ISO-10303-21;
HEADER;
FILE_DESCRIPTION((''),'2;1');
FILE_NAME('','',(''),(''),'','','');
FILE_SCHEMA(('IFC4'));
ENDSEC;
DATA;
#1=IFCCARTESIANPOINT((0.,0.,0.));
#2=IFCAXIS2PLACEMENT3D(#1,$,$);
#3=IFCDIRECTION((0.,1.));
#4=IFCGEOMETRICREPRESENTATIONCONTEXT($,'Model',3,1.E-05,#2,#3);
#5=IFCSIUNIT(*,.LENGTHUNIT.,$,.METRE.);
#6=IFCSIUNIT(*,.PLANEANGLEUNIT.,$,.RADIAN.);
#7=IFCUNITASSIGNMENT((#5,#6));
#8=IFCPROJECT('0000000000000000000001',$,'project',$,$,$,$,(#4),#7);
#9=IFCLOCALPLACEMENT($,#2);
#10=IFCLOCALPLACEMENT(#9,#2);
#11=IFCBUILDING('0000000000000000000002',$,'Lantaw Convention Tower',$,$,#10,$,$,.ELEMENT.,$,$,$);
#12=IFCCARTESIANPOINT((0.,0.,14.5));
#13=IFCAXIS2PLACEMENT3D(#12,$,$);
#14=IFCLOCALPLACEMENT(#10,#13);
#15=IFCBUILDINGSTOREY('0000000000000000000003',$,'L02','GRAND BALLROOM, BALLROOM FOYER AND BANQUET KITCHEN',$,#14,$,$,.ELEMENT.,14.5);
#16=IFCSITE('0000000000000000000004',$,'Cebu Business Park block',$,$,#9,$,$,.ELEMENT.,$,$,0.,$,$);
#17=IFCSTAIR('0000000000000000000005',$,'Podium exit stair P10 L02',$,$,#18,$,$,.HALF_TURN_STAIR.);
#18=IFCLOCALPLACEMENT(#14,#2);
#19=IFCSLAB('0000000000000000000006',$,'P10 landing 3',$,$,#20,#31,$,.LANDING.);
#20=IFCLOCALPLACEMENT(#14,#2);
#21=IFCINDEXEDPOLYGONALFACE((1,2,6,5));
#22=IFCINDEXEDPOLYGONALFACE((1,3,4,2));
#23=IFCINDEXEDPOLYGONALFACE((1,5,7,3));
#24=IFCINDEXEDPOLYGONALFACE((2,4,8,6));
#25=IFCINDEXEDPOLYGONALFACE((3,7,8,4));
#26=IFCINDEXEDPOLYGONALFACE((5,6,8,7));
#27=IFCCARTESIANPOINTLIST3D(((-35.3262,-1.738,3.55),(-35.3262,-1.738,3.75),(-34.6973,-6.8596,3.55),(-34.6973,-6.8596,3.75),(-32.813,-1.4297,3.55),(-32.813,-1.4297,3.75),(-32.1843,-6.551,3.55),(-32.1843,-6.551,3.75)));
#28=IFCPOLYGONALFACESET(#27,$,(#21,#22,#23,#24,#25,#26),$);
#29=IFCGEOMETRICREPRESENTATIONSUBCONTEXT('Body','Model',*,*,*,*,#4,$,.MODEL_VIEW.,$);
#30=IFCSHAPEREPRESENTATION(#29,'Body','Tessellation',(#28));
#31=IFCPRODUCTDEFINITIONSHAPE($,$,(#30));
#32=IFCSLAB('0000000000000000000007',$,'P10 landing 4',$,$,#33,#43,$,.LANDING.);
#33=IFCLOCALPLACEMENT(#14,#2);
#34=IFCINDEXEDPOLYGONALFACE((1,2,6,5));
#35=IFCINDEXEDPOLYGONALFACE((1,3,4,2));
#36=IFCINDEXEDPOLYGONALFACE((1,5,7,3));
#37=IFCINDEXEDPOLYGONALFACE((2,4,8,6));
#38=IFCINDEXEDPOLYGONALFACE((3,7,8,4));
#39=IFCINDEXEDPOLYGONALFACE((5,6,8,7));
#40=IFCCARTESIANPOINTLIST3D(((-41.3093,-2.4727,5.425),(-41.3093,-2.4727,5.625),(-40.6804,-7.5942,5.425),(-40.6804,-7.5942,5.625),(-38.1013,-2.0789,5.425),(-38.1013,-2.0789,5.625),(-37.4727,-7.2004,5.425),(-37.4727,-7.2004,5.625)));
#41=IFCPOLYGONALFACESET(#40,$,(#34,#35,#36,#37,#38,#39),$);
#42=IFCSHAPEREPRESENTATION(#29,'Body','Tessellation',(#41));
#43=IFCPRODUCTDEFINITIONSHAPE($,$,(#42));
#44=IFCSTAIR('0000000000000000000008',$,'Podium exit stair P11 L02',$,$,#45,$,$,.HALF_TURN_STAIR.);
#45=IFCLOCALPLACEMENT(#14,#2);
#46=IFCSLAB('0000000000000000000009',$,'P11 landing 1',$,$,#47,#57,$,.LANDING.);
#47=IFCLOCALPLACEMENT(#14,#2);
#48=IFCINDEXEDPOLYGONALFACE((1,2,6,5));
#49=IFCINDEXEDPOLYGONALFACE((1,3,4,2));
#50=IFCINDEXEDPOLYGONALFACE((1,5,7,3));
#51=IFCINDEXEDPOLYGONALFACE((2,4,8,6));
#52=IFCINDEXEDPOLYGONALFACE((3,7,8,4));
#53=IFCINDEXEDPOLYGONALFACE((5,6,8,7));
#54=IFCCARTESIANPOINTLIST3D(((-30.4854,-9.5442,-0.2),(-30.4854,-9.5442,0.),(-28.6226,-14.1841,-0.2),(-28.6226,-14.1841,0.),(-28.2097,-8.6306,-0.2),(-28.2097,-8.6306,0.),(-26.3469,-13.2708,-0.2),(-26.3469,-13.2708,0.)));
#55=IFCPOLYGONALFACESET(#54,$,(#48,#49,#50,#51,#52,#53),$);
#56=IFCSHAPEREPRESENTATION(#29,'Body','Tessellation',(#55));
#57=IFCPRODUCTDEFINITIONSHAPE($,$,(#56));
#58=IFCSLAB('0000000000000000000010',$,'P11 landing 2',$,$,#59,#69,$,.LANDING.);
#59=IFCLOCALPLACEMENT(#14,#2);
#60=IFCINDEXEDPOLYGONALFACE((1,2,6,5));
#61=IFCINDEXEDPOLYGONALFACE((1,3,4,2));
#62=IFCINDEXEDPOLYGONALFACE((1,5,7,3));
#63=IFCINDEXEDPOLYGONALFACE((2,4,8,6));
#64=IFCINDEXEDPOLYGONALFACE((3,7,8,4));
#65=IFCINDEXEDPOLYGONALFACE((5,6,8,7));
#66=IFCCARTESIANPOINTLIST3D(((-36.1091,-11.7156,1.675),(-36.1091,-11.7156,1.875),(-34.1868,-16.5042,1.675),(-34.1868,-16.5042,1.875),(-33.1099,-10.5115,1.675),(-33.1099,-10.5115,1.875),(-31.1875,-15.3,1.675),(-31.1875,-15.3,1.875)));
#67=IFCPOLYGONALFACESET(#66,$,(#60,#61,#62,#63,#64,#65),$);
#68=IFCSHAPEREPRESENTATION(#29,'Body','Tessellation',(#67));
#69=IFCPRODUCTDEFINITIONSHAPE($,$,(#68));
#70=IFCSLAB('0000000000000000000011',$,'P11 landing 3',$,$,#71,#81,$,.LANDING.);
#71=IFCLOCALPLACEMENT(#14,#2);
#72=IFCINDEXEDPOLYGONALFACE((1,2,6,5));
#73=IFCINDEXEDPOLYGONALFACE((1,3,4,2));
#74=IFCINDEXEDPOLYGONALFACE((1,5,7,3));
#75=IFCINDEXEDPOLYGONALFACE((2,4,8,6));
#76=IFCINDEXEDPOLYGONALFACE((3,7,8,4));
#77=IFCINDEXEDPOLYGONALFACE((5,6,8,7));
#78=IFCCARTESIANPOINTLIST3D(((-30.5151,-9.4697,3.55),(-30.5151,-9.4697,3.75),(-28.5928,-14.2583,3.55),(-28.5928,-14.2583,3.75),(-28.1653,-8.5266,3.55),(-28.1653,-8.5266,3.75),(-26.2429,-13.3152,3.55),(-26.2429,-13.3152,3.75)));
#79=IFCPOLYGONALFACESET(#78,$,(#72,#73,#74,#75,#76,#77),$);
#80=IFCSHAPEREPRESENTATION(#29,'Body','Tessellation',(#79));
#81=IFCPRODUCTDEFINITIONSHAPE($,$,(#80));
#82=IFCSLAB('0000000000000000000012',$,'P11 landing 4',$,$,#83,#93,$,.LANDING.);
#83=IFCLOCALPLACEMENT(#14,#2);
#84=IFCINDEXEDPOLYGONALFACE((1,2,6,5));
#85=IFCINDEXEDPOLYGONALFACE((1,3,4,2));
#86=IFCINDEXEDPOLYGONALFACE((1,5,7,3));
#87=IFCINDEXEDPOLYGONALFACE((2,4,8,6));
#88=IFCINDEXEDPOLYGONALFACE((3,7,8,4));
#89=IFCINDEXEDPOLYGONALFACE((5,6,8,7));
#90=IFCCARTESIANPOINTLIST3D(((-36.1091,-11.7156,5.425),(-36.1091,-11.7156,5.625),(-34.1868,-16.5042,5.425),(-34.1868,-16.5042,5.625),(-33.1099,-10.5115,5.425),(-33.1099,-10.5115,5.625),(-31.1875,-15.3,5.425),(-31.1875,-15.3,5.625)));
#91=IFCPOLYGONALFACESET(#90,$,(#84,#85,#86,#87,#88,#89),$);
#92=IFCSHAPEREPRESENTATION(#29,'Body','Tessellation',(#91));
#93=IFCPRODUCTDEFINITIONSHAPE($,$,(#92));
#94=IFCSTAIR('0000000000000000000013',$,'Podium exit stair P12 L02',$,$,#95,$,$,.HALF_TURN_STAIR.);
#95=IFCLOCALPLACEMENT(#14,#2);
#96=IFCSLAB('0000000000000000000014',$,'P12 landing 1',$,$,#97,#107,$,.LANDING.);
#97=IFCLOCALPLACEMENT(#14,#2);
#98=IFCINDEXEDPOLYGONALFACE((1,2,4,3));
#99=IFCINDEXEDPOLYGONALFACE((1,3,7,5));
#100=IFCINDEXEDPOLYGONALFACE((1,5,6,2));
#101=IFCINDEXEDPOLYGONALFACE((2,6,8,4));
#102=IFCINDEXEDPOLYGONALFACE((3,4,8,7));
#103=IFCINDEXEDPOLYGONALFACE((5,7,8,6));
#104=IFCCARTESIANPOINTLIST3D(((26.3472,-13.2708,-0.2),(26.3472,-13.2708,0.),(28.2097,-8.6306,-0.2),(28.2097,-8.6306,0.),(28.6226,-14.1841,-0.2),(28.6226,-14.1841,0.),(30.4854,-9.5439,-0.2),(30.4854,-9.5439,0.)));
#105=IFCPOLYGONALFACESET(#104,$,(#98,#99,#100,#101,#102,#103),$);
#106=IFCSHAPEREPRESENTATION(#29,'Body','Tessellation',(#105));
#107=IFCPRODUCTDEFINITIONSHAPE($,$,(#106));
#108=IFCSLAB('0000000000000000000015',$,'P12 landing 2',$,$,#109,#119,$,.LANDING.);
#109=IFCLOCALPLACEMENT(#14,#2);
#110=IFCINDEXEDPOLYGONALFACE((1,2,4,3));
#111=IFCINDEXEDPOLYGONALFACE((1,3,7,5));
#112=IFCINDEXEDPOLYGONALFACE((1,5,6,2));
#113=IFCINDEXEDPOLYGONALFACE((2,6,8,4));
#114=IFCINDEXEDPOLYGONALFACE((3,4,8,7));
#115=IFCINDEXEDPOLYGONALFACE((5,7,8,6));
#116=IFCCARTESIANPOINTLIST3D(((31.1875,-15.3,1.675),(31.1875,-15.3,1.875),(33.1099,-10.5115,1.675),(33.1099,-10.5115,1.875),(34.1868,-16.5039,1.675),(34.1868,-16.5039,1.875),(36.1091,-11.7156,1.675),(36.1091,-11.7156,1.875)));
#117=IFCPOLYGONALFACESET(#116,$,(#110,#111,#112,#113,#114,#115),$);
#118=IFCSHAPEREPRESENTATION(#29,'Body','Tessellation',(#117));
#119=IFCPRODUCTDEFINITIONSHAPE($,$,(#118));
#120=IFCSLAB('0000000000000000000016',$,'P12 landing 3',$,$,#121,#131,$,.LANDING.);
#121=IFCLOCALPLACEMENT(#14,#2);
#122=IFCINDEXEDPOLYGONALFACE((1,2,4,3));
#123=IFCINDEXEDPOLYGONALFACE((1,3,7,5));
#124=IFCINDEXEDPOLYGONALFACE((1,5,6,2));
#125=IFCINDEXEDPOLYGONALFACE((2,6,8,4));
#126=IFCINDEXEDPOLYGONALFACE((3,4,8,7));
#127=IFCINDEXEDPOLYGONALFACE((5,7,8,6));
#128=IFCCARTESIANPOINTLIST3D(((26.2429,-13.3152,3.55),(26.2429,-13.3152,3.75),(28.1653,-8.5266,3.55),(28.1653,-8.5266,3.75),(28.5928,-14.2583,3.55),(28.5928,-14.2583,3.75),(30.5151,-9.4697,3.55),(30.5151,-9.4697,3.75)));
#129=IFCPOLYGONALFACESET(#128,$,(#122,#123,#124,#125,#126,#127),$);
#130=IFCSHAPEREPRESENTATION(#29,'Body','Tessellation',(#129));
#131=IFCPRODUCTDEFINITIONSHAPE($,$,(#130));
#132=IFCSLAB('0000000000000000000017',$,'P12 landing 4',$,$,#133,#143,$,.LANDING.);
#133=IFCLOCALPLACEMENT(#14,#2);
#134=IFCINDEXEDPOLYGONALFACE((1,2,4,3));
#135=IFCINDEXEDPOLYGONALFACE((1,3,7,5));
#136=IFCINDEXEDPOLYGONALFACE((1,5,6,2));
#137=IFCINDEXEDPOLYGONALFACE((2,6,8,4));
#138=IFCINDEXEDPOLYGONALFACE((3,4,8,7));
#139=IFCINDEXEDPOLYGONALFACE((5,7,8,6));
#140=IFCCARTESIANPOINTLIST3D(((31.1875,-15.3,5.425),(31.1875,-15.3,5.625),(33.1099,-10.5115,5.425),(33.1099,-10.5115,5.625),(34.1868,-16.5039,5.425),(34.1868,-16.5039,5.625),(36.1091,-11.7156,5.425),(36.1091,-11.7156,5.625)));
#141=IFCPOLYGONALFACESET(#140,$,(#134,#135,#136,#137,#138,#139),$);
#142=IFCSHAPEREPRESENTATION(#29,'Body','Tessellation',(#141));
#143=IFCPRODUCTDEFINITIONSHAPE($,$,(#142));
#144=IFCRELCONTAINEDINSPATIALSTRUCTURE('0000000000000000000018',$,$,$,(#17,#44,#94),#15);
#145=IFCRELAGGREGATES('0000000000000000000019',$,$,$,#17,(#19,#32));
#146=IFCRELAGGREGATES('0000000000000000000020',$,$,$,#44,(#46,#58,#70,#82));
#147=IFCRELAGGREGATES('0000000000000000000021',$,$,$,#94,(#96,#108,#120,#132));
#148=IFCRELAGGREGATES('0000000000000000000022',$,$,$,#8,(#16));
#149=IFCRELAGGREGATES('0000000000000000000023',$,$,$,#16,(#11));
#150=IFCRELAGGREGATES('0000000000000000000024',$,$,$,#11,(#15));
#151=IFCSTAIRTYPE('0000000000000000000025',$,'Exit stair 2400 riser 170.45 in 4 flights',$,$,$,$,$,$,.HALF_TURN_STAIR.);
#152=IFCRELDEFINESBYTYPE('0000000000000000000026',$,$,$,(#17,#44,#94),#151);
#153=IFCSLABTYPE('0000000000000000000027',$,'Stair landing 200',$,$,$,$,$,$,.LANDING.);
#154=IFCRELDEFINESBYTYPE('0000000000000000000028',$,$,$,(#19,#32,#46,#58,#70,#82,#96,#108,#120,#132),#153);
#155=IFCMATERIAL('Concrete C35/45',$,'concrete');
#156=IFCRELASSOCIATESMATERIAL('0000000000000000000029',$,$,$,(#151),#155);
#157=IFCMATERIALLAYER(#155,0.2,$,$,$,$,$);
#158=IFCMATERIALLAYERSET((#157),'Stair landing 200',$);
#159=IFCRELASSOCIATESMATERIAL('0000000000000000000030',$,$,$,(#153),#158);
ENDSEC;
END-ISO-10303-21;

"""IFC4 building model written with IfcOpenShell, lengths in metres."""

from ifc_helpers import new_model, si_unit, direction, frame, origin, place, context, subcontext, project, spatial, polyline, outline, extrude, material, layer, layer_set, type_object, element, aggregate, save


model = new_model("IFC4")

# Units and contexts
model_context = context("Model", 3, precision=1e-05, world=origin(), true_north=direction((0.0, 1.0)))
body_context = subcontext(model_context, "Body", "Model", "MODEL_VIEW")
ifc_project = project(units=[si_unit("LENGTHUNIT", "METRE"), si_unit("PLANEANGLEUNIT", "RADIAN")], contexts=[model_context])

# Site, building, storey
site_placement = place(None, origin())
site = spatial("IfcSite", under=ifc_project, at=site_placement, Name="Cebu Business Park block", CompositionType="ELEMENT", RefElevation=0.0)
building_placement = place(site_placement, origin())
building = spatial("IfcBuilding", under=site, at=building_placement, Name="Lantaw Convention Tower", CompositionType="ELEMENT")
storey_placement = place(building_placement, frame((0.0, 0.0, 14.5)))
storey = spatial("IfcBuildingStorey", under=building, at=storey_placement, Name="L02", Description="GRAND BALLROOM, BALLROOM FOYER AND BANQUET KITCHEN", CompositionType="ELEMENT", Elevation=14.5)

# Shared definitions
ifc_material = material(Name="Concrete C35/45", Category="concrete")
stair_type = type_object("IfcStairType", Name="Exit stair 2400 riser 170.45 in 4 flights", PredefinedType="HALF_TURN_STAIR", material=ifc_material)
ifc_layer = layer(ifc_material, 0.2)
ifc_layer_set = layer_set([ifc_layer], Name="Stair landing 200")
slab_type = type_object("IfcSlabType", Name="Stair landing 200", PredefinedType="LANDING", material=ifc_layer_set)

# Stairs, slabs
stair_1_placement = place(storey_placement, origin())
stair_1 = element("IfcStair", 1, at=stair_1_placement, inside=storey, type_object=stair_type, Name="Podium exit stair P10 L02", PredefinedType="HALF_TURN_STAIR")
slab_1_placement = place(storey_placement, frame((0.0, 0.0, 3.55)))
slab_1 = element("IfcSlab", 2, at=slab_1_placement, type_object=slab_type, Name="P10 landing 3", PredefinedType="LANDING", context=body_context, shape_type="SweptSolid", body=[
    extrude(outline(polyline([(-32.813, -1.4297), (-35.3262, -1.738), (-34.6973, -6.8596), (-32.1843, -6.551), (-32.813, -1.4297)])), origin(), (0.0, 0.0, 1.0), 0.2),
])
slab_2_placement = place(storey_placement, frame((0.0, 0.0, 5.425)))
slab_2 = element("IfcSlab", 3, at=slab_2_placement, type_object=slab_type, Name="P10 landing 4", PredefinedType="LANDING", context=body_context, shape_type="SweptSolid", body=[
    extrude(outline(polyline([(-38.1013, -2.0789), (-41.3093, -2.4727), (-40.6804, -7.5942), (-37.4727, -7.2004), (-38.1013, -2.0789)])), origin(), (0.0, 0.0, 1.0), 0.2),
])
aggregate(stair_1, [slab_1, slab_2])
stair_2_placement = place(storey_placement, origin())
stair_2 = element("IfcStair", 4, at=stair_2_placement, inside=storey, type_object=stair_type, Name="Podium exit stair P11 L02", PredefinedType="HALF_TURN_STAIR")
slab_3_placement = place(storey_placement, frame((0.0, 0.0, -0.2)))
slab_3 = element("IfcSlab", 5, at=slab_3_placement, type_object=slab_type, Name="P11 landing 1", PredefinedType="LANDING", context=body_context, shape_type="SweptSolid", body=[
    extrude(outline(polyline([(-28.2097, -8.6306), (-30.4854, -9.5442), (-28.6226, -14.1841), (-26.3469, -13.2708), (-28.2097, -8.6306)])), origin(), (0.0, 0.0, 1.0), 0.2),
])
slab_4_placement = place(storey_placement, frame((0.0, 0.0, 1.675)))
slab_4 = element("IfcSlab", 6, at=slab_4_placement, type_object=slab_type, Name="P11 landing 2", PredefinedType="LANDING", context=body_context, shape_type="SweptSolid", body=[
    extrude(outline(polyline([(-33.1099, -10.5115), (-36.1091, -11.7156), (-34.1868, -16.5042), (-31.1875, -15.3), (-33.1099, -10.5115)])), origin(), (0.0, 0.0, 1.0), 0.2),
])
slab_5_placement = place(storey_placement, frame((0.0, 0.0, 3.55)))
slab_5 = element("IfcSlab", 7, at=slab_5_placement, type_object=slab_type, Name="P11 landing 3", PredefinedType="LANDING", context=body_context, shape_type="SweptSolid", body=[
    extrude(outline(polyline([(-28.1653, -8.5266), (-30.5151, -9.4697), (-28.5928, -14.2583), (-26.2429, -13.3152), (-28.1653, -8.5266)])), origin(), (0.0, 0.0, 1.0), 0.2),
])
slab_6_placement = place(storey_placement, frame((0.0, 0.0, 5.425)))
slab_6 = element("IfcSlab", 8, at=slab_6_placement, type_object=slab_type, Name="P11 landing 4", PredefinedType="LANDING", context=body_context, shape_type="SweptSolid", body=[
    extrude(outline(polyline([(-33.1099, -10.5115), (-36.1091, -11.7156), (-34.1868, -16.5042), (-31.1875, -15.3), (-33.1099, -10.5115)])), origin(), (0.0, 0.0, 1.0), 0.2),
])
aggregate(stair_2, [slab_3, slab_4, slab_5, slab_6])
stair_3_placement = place(storey_placement, origin())
stair_3 = element("IfcStair", 9, at=stair_3_placement, inside=storey, type_object=stair_type, Name="Podium exit stair P12 L02", PredefinedType="HALF_TURN_STAIR")
slab_7_placement = place(storey_placement, frame((0.0, 0.0, -0.2)))
slab_7 = element("IfcSlab", 10, at=slab_7_placement, type_object=slab_type, Name="P12 landing 1", PredefinedType="LANDING", context=body_context, shape_type="SweptSolid", body=[
    extrude(outline(polyline([(26.3472, -13.2708), (28.6226, -14.1841), (30.4854, -9.5439), (28.2097, -8.6306), (26.3472, -13.2708)])), origin(), (0.0, 0.0, 1.0), 0.2),
])
slab_8_placement = place(storey_placement, frame((0.0, 0.0, 1.675)))
slab_8 = element("IfcSlab", 11, at=slab_8_placement, type_object=slab_type, Name="P12 landing 2", PredefinedType="LANDING", context=body_context, shape_type="SweptSolid", body=[
    extrude(outline(polyline([(31.1875, -15.3), (34.1868, -16.5039), (36.1091, -11.7156), (33.1099, -10.5115), (31.1875, -15.3)])), origin(), (0.0, 0.0, 1.0), 0.2),
])
slab_9_placement = place(storey_placement, frame((0.0, 0.0, 3.55)))
slab_9 = element("IfcSlab", 12, at=slab_9_placement, type_object=slab_type, Name="P12 landing 3", PredefinedType="LANDING", context=body_context, shape_type="SweptSolid", body=[
    extrude(outline(polyline([(26.2429, -13.3152), (28.5928, -14.2583), (30.5151, -9.4697), (28.1653, -8.5266), (26.2429, -13.3152)])), origin(), (0.0, 0.0, 1.0), 0.2),
])
slab_10_placement = place(storey_placement, frame((0.0, 0.0, 5.425)))
slab_10 = element("IfcSlab", 13, at=slab_10_placement, type_object=slab_type, Name="P12 landing 4", PredefinedType="LANDING", context=body_context, shape_type="SweptSolid", body=[
    extrude(outline(polyline([(31.1875, -15.3), (34.1868, -16.5039), (36.1091, -11.7156), (33.1099, -10.5115), (31.1875, -15.3)])), origin(), (0.0, 0.0, 1.0), 0.2),
])
aggregate(stair_3, [slab_7, slab_8, slab_9, slab_10])

save(model, "model.ifc")
